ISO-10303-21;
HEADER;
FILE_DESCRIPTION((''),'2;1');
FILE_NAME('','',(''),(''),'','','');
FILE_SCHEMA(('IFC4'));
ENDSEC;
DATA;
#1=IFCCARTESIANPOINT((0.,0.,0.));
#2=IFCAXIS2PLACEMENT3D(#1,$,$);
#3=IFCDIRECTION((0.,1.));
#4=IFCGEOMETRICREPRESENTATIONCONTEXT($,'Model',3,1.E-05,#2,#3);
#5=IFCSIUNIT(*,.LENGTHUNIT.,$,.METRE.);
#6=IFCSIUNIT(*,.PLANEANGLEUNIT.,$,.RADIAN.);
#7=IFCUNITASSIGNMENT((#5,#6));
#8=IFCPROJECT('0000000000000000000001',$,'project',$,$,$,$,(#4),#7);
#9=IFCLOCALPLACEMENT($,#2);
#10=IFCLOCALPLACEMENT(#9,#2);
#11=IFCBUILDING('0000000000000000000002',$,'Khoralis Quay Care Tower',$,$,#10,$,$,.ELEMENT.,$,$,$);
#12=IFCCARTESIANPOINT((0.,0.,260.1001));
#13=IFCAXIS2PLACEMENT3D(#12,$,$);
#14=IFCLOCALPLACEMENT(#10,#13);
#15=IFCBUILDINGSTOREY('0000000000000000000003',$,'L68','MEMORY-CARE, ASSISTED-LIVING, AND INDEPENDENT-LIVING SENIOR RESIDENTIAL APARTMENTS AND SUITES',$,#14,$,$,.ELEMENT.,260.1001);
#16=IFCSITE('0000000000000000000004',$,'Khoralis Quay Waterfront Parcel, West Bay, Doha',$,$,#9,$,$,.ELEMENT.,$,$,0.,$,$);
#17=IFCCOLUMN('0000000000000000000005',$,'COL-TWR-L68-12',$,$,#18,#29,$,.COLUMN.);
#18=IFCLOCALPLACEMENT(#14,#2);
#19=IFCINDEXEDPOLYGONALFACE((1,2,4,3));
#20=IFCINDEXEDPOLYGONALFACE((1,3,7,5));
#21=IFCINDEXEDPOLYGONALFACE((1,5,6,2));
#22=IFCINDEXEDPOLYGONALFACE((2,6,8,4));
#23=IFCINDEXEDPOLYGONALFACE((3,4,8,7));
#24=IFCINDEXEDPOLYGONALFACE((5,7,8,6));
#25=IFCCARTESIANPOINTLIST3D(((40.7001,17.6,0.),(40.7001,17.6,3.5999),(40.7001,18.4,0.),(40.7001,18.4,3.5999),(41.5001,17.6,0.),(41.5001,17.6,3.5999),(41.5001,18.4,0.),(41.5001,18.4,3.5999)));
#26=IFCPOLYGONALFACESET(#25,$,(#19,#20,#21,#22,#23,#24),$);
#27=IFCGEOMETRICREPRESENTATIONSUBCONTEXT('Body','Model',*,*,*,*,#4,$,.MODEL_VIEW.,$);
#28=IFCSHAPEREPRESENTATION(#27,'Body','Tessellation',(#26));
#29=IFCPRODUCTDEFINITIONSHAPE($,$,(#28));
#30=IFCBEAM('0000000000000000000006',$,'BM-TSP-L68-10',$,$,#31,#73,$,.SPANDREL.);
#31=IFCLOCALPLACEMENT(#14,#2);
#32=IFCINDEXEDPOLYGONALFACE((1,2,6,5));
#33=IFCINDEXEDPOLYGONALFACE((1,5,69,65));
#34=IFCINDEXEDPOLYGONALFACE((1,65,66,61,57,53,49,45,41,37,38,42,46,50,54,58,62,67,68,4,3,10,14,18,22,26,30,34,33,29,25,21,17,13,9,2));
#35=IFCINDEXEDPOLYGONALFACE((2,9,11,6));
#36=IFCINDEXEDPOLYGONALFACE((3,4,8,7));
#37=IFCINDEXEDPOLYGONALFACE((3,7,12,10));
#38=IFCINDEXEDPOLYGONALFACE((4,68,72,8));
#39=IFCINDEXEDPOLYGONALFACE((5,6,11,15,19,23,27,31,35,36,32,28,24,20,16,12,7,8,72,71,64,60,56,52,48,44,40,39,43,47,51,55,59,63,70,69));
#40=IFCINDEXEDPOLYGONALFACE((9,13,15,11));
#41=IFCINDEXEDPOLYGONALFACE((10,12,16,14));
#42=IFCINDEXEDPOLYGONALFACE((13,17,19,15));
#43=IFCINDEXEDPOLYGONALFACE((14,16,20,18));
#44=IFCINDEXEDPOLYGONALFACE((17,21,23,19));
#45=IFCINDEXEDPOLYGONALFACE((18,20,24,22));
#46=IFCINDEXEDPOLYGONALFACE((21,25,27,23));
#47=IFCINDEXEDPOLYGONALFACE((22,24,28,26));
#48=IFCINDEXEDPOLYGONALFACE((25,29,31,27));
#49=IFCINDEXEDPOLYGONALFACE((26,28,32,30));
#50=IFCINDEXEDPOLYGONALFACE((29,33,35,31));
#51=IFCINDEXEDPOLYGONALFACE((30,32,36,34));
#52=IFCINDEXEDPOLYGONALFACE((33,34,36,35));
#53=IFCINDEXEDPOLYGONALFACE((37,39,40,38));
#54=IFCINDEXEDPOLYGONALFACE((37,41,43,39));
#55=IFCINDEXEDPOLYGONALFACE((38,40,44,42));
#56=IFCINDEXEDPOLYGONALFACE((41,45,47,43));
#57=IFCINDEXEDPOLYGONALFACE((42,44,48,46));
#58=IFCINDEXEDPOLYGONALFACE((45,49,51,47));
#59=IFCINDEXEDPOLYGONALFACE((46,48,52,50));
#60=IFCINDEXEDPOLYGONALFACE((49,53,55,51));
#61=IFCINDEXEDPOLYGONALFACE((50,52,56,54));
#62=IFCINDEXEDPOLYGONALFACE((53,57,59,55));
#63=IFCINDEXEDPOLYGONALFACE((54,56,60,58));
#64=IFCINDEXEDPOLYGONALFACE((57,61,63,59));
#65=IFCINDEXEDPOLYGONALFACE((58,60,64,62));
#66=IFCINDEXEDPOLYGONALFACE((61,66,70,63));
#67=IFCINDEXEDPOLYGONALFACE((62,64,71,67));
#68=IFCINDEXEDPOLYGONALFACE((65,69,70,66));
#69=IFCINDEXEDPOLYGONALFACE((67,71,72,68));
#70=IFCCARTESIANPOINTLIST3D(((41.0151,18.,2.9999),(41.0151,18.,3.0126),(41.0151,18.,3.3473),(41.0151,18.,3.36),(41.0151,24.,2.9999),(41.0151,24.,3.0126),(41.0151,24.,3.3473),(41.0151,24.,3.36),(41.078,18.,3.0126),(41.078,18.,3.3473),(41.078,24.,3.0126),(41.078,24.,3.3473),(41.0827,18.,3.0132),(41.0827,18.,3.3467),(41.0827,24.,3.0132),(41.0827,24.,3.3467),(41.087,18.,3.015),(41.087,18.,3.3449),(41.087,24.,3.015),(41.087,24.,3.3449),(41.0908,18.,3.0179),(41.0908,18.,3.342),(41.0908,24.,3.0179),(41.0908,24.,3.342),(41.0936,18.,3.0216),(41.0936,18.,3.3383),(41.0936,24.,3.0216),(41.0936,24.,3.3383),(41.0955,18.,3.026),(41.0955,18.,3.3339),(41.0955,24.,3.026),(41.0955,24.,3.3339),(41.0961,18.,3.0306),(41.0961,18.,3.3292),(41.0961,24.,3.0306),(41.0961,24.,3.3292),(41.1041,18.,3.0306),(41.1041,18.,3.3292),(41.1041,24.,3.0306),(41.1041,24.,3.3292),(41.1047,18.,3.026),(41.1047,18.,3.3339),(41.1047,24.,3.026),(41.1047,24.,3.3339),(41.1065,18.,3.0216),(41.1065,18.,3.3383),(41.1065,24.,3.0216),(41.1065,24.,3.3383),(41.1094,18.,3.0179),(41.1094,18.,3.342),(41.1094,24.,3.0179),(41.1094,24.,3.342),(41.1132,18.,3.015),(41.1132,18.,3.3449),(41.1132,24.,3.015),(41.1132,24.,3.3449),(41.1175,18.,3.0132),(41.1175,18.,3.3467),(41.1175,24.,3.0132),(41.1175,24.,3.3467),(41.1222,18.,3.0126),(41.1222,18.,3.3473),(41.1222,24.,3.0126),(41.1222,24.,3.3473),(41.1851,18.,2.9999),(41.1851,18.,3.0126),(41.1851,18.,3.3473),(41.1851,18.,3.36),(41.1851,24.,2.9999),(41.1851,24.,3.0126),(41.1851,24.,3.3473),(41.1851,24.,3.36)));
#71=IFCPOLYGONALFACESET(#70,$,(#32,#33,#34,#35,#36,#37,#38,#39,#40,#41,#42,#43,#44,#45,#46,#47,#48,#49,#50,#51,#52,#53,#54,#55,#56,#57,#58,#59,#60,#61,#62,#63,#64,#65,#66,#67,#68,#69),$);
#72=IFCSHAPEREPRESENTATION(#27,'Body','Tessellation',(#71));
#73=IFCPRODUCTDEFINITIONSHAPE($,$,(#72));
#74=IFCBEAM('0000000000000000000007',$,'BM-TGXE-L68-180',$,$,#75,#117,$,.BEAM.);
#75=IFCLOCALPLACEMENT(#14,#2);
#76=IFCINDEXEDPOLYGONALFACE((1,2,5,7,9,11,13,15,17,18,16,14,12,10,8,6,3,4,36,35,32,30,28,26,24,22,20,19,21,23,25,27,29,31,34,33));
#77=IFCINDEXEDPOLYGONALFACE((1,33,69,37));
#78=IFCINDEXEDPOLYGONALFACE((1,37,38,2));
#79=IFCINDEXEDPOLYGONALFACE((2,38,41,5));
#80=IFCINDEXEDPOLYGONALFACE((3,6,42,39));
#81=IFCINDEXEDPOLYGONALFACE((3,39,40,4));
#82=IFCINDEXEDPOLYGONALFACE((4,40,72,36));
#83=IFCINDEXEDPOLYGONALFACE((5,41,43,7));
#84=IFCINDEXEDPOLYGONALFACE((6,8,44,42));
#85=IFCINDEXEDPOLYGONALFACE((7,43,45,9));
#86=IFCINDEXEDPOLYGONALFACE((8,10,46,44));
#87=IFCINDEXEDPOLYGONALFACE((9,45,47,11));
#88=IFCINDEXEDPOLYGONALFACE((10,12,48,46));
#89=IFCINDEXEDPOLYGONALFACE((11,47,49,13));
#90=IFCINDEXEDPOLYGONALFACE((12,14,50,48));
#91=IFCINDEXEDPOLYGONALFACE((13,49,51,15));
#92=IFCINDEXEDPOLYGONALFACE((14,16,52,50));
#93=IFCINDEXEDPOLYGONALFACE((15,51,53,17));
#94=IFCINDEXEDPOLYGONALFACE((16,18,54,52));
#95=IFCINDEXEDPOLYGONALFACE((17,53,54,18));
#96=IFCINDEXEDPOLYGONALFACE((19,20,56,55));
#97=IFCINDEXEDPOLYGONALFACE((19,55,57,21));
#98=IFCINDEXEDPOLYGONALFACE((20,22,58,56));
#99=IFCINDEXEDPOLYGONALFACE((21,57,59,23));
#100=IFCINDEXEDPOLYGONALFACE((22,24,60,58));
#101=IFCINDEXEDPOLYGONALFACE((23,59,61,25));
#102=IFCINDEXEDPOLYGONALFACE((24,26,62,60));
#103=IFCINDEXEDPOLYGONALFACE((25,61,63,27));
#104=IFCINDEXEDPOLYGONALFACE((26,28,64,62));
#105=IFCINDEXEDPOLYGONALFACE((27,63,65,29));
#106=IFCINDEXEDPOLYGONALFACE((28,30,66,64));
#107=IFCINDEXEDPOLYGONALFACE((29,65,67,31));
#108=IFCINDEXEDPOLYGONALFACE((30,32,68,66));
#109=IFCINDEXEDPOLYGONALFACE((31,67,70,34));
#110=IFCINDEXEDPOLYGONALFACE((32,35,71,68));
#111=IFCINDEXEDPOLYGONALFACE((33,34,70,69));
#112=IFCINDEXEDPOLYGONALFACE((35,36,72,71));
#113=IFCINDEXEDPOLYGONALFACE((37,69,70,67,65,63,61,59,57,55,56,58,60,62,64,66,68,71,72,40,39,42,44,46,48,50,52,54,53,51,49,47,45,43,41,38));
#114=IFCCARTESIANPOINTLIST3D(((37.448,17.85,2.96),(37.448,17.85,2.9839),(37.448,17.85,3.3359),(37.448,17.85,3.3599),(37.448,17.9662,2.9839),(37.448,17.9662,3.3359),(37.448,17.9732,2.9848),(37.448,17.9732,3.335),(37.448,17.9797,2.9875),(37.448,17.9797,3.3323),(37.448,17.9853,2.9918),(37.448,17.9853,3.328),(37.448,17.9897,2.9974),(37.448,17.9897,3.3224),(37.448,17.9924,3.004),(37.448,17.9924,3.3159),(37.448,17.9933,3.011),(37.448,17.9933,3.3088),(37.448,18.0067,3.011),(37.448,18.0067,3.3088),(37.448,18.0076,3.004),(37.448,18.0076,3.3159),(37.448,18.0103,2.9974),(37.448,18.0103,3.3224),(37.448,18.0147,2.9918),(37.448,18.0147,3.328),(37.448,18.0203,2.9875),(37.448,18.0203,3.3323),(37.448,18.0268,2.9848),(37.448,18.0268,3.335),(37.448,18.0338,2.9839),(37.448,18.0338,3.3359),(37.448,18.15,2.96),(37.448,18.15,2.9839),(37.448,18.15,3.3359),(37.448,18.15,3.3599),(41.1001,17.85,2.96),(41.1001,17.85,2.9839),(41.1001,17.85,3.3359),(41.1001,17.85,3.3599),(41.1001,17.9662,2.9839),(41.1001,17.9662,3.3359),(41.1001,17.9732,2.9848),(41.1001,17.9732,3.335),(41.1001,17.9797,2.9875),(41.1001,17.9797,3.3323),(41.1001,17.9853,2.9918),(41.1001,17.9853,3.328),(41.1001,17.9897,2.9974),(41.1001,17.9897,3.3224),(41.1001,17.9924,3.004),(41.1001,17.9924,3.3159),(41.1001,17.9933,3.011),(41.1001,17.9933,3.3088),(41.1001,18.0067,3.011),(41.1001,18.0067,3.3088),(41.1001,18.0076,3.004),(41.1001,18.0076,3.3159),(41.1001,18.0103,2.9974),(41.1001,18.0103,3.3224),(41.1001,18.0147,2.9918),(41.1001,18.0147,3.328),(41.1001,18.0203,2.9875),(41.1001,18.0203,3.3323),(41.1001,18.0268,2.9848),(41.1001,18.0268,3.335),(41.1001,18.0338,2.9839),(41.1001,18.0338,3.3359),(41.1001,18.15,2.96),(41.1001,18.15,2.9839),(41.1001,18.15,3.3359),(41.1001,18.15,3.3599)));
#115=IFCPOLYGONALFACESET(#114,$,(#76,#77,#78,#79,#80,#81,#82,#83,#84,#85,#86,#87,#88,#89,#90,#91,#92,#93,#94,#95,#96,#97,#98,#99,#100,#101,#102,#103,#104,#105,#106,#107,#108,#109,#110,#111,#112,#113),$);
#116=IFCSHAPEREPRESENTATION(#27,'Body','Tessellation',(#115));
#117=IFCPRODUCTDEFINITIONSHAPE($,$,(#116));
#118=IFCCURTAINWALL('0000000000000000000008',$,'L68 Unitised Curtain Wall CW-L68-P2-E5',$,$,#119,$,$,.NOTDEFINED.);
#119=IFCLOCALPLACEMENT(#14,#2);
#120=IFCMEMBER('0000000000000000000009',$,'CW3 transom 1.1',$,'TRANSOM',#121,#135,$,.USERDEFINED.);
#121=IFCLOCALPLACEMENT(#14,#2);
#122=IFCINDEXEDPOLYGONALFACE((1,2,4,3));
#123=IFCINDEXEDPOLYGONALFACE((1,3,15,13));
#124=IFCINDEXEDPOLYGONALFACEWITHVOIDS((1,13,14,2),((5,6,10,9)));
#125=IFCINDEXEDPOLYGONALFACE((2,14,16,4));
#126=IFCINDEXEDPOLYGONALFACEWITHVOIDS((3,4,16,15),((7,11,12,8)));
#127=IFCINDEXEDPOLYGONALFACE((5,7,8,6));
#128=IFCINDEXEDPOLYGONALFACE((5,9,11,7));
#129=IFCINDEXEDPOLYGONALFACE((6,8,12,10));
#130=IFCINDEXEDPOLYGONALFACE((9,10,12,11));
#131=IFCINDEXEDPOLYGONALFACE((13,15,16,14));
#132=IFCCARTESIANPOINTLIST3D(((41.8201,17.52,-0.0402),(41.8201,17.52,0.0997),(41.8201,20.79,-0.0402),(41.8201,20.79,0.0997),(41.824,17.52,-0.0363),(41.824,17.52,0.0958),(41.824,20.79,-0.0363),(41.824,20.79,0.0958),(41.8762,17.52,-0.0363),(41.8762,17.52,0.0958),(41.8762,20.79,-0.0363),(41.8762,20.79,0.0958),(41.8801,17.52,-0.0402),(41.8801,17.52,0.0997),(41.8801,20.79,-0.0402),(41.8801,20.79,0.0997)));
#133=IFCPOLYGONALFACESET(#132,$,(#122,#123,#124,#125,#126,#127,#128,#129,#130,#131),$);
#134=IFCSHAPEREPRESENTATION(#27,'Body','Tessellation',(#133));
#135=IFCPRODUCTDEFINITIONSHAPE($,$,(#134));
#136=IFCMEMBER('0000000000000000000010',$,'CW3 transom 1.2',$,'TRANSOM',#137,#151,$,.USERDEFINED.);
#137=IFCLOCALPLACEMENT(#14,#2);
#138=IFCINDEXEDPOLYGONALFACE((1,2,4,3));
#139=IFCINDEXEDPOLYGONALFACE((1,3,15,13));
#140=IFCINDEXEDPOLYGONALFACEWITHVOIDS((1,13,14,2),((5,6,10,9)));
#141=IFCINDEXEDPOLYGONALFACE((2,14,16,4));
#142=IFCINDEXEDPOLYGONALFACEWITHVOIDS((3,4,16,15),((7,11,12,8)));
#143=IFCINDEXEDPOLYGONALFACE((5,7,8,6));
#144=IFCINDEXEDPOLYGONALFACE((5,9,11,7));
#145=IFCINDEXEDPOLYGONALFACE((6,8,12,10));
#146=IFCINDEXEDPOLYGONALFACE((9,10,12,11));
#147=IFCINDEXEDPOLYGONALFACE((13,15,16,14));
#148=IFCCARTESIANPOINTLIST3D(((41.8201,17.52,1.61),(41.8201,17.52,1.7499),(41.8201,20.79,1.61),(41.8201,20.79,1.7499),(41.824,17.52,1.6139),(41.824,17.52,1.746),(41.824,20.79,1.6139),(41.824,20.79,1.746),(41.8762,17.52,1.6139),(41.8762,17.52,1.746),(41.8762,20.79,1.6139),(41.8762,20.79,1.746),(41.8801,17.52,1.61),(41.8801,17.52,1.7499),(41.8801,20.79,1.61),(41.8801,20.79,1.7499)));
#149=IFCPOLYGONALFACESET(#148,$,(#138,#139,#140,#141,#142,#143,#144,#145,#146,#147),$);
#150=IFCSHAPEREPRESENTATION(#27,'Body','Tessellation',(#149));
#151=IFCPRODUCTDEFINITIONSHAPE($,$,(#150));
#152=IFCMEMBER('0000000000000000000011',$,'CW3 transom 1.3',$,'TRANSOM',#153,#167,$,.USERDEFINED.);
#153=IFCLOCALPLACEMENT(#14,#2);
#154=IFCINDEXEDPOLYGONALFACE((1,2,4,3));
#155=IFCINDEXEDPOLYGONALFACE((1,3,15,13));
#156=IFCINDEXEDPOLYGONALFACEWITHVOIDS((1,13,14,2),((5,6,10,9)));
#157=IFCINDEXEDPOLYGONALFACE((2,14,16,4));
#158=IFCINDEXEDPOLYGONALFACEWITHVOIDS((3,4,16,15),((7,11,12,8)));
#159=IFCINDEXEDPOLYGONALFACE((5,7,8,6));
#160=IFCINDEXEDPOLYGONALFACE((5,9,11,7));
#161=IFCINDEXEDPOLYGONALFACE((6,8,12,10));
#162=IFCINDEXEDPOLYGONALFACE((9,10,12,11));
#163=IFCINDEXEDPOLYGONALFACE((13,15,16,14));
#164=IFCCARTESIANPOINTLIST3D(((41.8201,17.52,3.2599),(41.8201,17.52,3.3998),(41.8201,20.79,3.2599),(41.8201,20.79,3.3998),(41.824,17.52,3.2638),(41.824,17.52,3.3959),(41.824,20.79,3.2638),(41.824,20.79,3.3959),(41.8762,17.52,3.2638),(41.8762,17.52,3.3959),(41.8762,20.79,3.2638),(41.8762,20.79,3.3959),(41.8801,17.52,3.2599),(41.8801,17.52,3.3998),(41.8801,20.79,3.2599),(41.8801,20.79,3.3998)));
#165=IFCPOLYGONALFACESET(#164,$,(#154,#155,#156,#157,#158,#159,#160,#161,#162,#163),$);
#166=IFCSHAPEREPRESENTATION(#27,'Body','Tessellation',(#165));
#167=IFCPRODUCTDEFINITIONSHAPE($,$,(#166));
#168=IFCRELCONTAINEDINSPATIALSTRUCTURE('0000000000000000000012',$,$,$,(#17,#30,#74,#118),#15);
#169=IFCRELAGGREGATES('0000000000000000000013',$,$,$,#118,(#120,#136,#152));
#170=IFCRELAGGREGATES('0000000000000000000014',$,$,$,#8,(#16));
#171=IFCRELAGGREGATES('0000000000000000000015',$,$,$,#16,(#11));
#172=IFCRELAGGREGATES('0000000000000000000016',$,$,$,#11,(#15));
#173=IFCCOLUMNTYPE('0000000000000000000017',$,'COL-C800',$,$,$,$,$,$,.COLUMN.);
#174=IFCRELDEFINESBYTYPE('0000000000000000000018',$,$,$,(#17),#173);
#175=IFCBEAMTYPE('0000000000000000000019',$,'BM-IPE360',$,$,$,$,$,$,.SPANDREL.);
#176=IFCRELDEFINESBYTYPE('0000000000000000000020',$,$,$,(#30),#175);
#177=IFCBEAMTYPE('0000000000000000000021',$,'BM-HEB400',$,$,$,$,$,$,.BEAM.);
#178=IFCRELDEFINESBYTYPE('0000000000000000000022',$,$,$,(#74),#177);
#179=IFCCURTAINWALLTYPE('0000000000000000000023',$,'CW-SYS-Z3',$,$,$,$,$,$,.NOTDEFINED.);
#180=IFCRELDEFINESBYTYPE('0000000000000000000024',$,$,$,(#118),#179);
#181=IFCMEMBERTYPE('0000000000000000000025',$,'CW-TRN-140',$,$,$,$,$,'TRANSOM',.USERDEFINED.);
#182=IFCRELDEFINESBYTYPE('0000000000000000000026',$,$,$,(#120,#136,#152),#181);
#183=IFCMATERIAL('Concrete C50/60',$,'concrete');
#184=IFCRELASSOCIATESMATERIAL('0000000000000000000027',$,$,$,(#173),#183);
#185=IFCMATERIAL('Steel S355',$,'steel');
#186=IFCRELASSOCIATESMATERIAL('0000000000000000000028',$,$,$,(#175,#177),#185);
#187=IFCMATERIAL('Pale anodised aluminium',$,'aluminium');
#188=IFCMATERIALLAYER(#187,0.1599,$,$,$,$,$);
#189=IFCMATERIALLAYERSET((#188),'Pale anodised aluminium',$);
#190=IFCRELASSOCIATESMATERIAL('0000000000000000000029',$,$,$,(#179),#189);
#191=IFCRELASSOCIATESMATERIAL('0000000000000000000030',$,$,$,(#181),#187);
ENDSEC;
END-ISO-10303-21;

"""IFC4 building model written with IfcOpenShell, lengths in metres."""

from ifc_helpers import new_model, si_unit, direction, frame, origin, origin_2d, place, context, subcontext, project, spatial, rectangle, hollow_rectangle, i_section, extrude, source, transform, mapped, material, layer, layer_set, material_profile, profile_set, type_object, element, aggregate, save


model = new_model("IFC4")

# Units and contexts
model_context = context("Model", 3, precision=1e-05, world=origin(), true_north=direction((0.0, 1.0)))
body_context = subcontext(model_context, "Body", "Model", "MODEL_VIEW")
ifc_project = project(units=[si_unit("LENGTHUNIT", "METRE"), si_unit("PLANEANGLEUNIT", "RADIAN")], contexts=[model_context])

# Site, building, storey
site_placement = place(None, origin())
site = spatial("IfcSite", under=ifc_project, at=site_placement, Name="Khoralis Quay Waterfront Parcel, West Bay, Doha", CompositionType="ELEMENT", RefElevation=0.0)
building_placement = place(site_placement, origin())
building = spatial("IfcBuilding", under=site, at=building_placement, Name="Khoralis Quay Care Tower", CompositionType="ELEMENT")
storey_placement = place(building_placement, frame((0.0, 0.0, 260.1001)))
storey = spatial("IfcBuildingStorey", under=building, at=storey_placement, Name="L68", Description="MEMORY-CARE, ASSISTED-LIVING, AND INDEPENDENT-LIVING SENIOR RESIDENTIAL APARTMENTS AND SUITES", CompositionType="ELEMENT", Elevation=260.1001)

# Column
ifc_material_1 = material(Name="Concrete C50/60", Category="concrete")
ifc_material_profile_1 = material_profile(ifc_material_1, rectangle(XDim=0.8, YDim=0.8, at=origin_2d()), Name="Concrete C50/60")
ifc_profile_set_1 = profile_set([ifc_material_profile_1], Name="Concrete C50/60")
column_type = type_object("IfcColumnType", Name="COL-C800", PredefinedType="COLUMN", material=ifc_profile_set_1)
shared_shape_1 = source(origin(), body_context, "Body", "SweptSolid", [
    extrude(rectangle(XDim=0.8, YDim=0.8, at=origin_2d()), origin(), (0.0, 0.0, 1.0), 3.5999),
])
column_placement = place(storey_placement, frame((41.1001, 18.0, 0.0), z_axis=(0.0, 0.0, 1.0), x_axis=(1.0, 0.0, 0.0)))
element("IfcColumn", 1, at=column_placement, inside=storey, type_object=column_type, Name="COL-TWR-L68-12", PredefinedType="COLUMN", context=body_context, shape_type="MappedRepresentation", body=[
    mapped(shared_shape_1, transform((0.0, 0.0, 0.0), scale=1.0)),
])

# Beams
ifc_material_2 = material(Name="Steel S355", Category="steel")
ifc_material_profile_2 = material_profile(ifc_material_2, i_section(OverallWidth=0.1699, OverallDepth=0.3601, WebThickness=0.0081, FlangeThickness=0.0127, FilletRadius=0.0181, at=origin_2d()), Name="Steel S355")
ifc_profile_set_2 = profile_set([ifc_material_profile_2], Name="Steel S355")
beam_type_1 = type_object("IfcBeamType", Name="BM-IPE360", PredefinedType="SPANDREL", material=ifc_profile_set_2)
shared_shape_2 = source(origin(), body_context, "Body", "SweptSolid", [
    extrude(i_section(OverallWidth=0.1699, OverallDepth=0.3601, WebThickness=0.0081, FlangeThickness=0.0127, FilletRadius=0.0181, at=origin_2d()), origin(), (0.0, 0.0, 1.0), 6.0),
])
beam_1_placement = place(storey_placement, frame((41.1001, 18.0, 3.1799), z_axis=(0.0, 1.0, 0.0), x_axis=(-1.0, 0.0, 0.0)))
element("IfcBeam", 2, at=beam_1_placement, inside=storey, type_object=beam_type_1, Name="BM-TSP-L68-10", PredefinedType="SPANDREL", context=body_context, shape_type="MappedRepresentation", body=[
    mapped(shared_shape_2, transform((0.0, 0.0, 0.0), scale=1.0)),
])
ifc_material_profile_3 = material_profile(ifc_material_2, i_section(OverallWidth=0.3, OverallDepth=0.3999, WebThickness=0.0134, FlangeThickness=0.0239, FilletRadius=0.0271, at=origin_2d()), Name="Steel S355")
ifc_profile_set_3 = profile_set([ifc_material_profile_3], Name="Steel S355")
beam_type_2 = type_object("IfcBeamType", Name="BM-HEB400", PredefinedType="BEAM", material=ifc_profile_set_3)
shared_shape_3 = source(origin(), body_context, "Body", "SweptSolid", [
    extrude(i_section(OverallWidth=0.3, OverallDepth=0.3999, WebThickness=0.0134, FlangeThickness=0.0239, FilletRadius=0.0271, at=origin_2d()), origin(), (0.0, 0.0, 1.0), 3.6521),
])
beam_2_placement = place(storey_placement, frame((37.448, 18.0, 3.1599), z_axis=(1.0, 0.0, 0.0), x_axis=(0.0, 1.0, 0.0)))
element("IfcBeam", 3, at=beam_2_placement, inside=storey, type_object=beam_type_2, Name="BM-TGXE-L68-180", PredefinedType="BEAM", context=body_context, shape_type="MappedRepresentation", body=[
    mapped(shared_shape_3, transform((0.0, 0.0, 0.0), scale=1.0)),
])

# Curtain wall, members
ifc_material_3 = material(Name="Pale anodised aluminium", Category="aluminium")
ifc_layer_1 = layer(ifc_material_3, 0.1599)
ifc_layer_set_1 = layer_set([ifc_layer_1], Name="Pale anodised aluminium")
curtain_wall_type = type_object("IfcCurtainWallType", Name="CW-SYS-Z3", PredefinedType="NOTDEFINED", material=ifc_layer_set_1)
curtain_wall_placement = place(storey_placement, origin())
curtain_wall = element("IfcCurtainWall", 4, at=curtain_wall_placement, inside=storey, type_object=curtain_wall_type, Name="L68 Unitised Curtain Wall CW-L68-P2-E5", PredefinedType="NOTDEFINED")
ifc_material_profile_4 = material_profile(ifc_material_3, hollow_rectangle(XDim=0.0601, YDim=0.1399, WallThickness=0.0039, at=origin_2d()), Name="Pale anodised aluminium")
ifc_profile_set_4 = profile_set([ifc_material_profile_4], Name="Pale anodised aluminium")
member_type_1 = type_object("IfcMemberType", Name="CW-TRN-140", ElementType="TRANSOM", PredefinedType="USERDEFINED", material=ifc_profile_set_4)
shared_shape_4 = source(origin(), body_context, "Body", "SweptSolid", [
    extrude(hollow_rectangle(XDim=0.0601, YDim=0.1399, WallThickness=0.0039, at=origin_2d()), origin(), (0.0, 0.0, 1.0), 3.27),
])
member_1_placement = place(storey_placement, frame((41.8501, 17.52, 0.0298), z_axis=(0.0, 1.0, 0.0), x_axis=(-1.0, 0.0, 0.0)))
member_1 = element("IfcMember", 5, at=member_1_placement, type_object=member_type_1, Name="CW3 transom 1.1", ObjectType="TRANSOM", PredefinedType="USERDEFINED", context=body_context, shape_type="MappedRepresentation", body=[
    mapped(shared_shape_4, transform((0.0, 0.0, 0.0), scale=1.0)),
])
member_2_placement = place(storey_placement, frame((41.8501, 17.52, 1.6799), z_axis=(0.0, 1.0, 0.0), x_axis=(-1.0, 0.0, 0.0)))
member_2 = element("IfcMember", 6, at=member_2_placement, type_object=member_type_1, Name="CW3 transom 1.2", ObjectType="TRANSOM", PredefinedType="USERDEFINED", context=body_context, shape_type="MappedRepresentation", body=[
    mapped(shared_shape_4, transform((0.0, 0.0, 0.0), scale=1.0)),
])
member_3_placement = place(storey_placement, frame((41.8501, 17.52, 3.3298), z_axis=(0.0, 1.0, 0.0), x_axis=(-1.0, 0.0, 0.0)))
member_3 = element("IfcMember", 7, at=member_3_placement, type_object=member_type_1, Name="CW3 transom 1.3", ObjectType="TRANSOM", PredefinedType="USERDEFINED", context=body_context, shape_type="MappedRepresentation", body=[
    mapped(shared_shape_4, transform((0.0, 0.0, 0.0), scale=1.0)),
])
aggregate(curtain_wall, [member_1, member_2, member_3])

save(model, "model.ifc")
